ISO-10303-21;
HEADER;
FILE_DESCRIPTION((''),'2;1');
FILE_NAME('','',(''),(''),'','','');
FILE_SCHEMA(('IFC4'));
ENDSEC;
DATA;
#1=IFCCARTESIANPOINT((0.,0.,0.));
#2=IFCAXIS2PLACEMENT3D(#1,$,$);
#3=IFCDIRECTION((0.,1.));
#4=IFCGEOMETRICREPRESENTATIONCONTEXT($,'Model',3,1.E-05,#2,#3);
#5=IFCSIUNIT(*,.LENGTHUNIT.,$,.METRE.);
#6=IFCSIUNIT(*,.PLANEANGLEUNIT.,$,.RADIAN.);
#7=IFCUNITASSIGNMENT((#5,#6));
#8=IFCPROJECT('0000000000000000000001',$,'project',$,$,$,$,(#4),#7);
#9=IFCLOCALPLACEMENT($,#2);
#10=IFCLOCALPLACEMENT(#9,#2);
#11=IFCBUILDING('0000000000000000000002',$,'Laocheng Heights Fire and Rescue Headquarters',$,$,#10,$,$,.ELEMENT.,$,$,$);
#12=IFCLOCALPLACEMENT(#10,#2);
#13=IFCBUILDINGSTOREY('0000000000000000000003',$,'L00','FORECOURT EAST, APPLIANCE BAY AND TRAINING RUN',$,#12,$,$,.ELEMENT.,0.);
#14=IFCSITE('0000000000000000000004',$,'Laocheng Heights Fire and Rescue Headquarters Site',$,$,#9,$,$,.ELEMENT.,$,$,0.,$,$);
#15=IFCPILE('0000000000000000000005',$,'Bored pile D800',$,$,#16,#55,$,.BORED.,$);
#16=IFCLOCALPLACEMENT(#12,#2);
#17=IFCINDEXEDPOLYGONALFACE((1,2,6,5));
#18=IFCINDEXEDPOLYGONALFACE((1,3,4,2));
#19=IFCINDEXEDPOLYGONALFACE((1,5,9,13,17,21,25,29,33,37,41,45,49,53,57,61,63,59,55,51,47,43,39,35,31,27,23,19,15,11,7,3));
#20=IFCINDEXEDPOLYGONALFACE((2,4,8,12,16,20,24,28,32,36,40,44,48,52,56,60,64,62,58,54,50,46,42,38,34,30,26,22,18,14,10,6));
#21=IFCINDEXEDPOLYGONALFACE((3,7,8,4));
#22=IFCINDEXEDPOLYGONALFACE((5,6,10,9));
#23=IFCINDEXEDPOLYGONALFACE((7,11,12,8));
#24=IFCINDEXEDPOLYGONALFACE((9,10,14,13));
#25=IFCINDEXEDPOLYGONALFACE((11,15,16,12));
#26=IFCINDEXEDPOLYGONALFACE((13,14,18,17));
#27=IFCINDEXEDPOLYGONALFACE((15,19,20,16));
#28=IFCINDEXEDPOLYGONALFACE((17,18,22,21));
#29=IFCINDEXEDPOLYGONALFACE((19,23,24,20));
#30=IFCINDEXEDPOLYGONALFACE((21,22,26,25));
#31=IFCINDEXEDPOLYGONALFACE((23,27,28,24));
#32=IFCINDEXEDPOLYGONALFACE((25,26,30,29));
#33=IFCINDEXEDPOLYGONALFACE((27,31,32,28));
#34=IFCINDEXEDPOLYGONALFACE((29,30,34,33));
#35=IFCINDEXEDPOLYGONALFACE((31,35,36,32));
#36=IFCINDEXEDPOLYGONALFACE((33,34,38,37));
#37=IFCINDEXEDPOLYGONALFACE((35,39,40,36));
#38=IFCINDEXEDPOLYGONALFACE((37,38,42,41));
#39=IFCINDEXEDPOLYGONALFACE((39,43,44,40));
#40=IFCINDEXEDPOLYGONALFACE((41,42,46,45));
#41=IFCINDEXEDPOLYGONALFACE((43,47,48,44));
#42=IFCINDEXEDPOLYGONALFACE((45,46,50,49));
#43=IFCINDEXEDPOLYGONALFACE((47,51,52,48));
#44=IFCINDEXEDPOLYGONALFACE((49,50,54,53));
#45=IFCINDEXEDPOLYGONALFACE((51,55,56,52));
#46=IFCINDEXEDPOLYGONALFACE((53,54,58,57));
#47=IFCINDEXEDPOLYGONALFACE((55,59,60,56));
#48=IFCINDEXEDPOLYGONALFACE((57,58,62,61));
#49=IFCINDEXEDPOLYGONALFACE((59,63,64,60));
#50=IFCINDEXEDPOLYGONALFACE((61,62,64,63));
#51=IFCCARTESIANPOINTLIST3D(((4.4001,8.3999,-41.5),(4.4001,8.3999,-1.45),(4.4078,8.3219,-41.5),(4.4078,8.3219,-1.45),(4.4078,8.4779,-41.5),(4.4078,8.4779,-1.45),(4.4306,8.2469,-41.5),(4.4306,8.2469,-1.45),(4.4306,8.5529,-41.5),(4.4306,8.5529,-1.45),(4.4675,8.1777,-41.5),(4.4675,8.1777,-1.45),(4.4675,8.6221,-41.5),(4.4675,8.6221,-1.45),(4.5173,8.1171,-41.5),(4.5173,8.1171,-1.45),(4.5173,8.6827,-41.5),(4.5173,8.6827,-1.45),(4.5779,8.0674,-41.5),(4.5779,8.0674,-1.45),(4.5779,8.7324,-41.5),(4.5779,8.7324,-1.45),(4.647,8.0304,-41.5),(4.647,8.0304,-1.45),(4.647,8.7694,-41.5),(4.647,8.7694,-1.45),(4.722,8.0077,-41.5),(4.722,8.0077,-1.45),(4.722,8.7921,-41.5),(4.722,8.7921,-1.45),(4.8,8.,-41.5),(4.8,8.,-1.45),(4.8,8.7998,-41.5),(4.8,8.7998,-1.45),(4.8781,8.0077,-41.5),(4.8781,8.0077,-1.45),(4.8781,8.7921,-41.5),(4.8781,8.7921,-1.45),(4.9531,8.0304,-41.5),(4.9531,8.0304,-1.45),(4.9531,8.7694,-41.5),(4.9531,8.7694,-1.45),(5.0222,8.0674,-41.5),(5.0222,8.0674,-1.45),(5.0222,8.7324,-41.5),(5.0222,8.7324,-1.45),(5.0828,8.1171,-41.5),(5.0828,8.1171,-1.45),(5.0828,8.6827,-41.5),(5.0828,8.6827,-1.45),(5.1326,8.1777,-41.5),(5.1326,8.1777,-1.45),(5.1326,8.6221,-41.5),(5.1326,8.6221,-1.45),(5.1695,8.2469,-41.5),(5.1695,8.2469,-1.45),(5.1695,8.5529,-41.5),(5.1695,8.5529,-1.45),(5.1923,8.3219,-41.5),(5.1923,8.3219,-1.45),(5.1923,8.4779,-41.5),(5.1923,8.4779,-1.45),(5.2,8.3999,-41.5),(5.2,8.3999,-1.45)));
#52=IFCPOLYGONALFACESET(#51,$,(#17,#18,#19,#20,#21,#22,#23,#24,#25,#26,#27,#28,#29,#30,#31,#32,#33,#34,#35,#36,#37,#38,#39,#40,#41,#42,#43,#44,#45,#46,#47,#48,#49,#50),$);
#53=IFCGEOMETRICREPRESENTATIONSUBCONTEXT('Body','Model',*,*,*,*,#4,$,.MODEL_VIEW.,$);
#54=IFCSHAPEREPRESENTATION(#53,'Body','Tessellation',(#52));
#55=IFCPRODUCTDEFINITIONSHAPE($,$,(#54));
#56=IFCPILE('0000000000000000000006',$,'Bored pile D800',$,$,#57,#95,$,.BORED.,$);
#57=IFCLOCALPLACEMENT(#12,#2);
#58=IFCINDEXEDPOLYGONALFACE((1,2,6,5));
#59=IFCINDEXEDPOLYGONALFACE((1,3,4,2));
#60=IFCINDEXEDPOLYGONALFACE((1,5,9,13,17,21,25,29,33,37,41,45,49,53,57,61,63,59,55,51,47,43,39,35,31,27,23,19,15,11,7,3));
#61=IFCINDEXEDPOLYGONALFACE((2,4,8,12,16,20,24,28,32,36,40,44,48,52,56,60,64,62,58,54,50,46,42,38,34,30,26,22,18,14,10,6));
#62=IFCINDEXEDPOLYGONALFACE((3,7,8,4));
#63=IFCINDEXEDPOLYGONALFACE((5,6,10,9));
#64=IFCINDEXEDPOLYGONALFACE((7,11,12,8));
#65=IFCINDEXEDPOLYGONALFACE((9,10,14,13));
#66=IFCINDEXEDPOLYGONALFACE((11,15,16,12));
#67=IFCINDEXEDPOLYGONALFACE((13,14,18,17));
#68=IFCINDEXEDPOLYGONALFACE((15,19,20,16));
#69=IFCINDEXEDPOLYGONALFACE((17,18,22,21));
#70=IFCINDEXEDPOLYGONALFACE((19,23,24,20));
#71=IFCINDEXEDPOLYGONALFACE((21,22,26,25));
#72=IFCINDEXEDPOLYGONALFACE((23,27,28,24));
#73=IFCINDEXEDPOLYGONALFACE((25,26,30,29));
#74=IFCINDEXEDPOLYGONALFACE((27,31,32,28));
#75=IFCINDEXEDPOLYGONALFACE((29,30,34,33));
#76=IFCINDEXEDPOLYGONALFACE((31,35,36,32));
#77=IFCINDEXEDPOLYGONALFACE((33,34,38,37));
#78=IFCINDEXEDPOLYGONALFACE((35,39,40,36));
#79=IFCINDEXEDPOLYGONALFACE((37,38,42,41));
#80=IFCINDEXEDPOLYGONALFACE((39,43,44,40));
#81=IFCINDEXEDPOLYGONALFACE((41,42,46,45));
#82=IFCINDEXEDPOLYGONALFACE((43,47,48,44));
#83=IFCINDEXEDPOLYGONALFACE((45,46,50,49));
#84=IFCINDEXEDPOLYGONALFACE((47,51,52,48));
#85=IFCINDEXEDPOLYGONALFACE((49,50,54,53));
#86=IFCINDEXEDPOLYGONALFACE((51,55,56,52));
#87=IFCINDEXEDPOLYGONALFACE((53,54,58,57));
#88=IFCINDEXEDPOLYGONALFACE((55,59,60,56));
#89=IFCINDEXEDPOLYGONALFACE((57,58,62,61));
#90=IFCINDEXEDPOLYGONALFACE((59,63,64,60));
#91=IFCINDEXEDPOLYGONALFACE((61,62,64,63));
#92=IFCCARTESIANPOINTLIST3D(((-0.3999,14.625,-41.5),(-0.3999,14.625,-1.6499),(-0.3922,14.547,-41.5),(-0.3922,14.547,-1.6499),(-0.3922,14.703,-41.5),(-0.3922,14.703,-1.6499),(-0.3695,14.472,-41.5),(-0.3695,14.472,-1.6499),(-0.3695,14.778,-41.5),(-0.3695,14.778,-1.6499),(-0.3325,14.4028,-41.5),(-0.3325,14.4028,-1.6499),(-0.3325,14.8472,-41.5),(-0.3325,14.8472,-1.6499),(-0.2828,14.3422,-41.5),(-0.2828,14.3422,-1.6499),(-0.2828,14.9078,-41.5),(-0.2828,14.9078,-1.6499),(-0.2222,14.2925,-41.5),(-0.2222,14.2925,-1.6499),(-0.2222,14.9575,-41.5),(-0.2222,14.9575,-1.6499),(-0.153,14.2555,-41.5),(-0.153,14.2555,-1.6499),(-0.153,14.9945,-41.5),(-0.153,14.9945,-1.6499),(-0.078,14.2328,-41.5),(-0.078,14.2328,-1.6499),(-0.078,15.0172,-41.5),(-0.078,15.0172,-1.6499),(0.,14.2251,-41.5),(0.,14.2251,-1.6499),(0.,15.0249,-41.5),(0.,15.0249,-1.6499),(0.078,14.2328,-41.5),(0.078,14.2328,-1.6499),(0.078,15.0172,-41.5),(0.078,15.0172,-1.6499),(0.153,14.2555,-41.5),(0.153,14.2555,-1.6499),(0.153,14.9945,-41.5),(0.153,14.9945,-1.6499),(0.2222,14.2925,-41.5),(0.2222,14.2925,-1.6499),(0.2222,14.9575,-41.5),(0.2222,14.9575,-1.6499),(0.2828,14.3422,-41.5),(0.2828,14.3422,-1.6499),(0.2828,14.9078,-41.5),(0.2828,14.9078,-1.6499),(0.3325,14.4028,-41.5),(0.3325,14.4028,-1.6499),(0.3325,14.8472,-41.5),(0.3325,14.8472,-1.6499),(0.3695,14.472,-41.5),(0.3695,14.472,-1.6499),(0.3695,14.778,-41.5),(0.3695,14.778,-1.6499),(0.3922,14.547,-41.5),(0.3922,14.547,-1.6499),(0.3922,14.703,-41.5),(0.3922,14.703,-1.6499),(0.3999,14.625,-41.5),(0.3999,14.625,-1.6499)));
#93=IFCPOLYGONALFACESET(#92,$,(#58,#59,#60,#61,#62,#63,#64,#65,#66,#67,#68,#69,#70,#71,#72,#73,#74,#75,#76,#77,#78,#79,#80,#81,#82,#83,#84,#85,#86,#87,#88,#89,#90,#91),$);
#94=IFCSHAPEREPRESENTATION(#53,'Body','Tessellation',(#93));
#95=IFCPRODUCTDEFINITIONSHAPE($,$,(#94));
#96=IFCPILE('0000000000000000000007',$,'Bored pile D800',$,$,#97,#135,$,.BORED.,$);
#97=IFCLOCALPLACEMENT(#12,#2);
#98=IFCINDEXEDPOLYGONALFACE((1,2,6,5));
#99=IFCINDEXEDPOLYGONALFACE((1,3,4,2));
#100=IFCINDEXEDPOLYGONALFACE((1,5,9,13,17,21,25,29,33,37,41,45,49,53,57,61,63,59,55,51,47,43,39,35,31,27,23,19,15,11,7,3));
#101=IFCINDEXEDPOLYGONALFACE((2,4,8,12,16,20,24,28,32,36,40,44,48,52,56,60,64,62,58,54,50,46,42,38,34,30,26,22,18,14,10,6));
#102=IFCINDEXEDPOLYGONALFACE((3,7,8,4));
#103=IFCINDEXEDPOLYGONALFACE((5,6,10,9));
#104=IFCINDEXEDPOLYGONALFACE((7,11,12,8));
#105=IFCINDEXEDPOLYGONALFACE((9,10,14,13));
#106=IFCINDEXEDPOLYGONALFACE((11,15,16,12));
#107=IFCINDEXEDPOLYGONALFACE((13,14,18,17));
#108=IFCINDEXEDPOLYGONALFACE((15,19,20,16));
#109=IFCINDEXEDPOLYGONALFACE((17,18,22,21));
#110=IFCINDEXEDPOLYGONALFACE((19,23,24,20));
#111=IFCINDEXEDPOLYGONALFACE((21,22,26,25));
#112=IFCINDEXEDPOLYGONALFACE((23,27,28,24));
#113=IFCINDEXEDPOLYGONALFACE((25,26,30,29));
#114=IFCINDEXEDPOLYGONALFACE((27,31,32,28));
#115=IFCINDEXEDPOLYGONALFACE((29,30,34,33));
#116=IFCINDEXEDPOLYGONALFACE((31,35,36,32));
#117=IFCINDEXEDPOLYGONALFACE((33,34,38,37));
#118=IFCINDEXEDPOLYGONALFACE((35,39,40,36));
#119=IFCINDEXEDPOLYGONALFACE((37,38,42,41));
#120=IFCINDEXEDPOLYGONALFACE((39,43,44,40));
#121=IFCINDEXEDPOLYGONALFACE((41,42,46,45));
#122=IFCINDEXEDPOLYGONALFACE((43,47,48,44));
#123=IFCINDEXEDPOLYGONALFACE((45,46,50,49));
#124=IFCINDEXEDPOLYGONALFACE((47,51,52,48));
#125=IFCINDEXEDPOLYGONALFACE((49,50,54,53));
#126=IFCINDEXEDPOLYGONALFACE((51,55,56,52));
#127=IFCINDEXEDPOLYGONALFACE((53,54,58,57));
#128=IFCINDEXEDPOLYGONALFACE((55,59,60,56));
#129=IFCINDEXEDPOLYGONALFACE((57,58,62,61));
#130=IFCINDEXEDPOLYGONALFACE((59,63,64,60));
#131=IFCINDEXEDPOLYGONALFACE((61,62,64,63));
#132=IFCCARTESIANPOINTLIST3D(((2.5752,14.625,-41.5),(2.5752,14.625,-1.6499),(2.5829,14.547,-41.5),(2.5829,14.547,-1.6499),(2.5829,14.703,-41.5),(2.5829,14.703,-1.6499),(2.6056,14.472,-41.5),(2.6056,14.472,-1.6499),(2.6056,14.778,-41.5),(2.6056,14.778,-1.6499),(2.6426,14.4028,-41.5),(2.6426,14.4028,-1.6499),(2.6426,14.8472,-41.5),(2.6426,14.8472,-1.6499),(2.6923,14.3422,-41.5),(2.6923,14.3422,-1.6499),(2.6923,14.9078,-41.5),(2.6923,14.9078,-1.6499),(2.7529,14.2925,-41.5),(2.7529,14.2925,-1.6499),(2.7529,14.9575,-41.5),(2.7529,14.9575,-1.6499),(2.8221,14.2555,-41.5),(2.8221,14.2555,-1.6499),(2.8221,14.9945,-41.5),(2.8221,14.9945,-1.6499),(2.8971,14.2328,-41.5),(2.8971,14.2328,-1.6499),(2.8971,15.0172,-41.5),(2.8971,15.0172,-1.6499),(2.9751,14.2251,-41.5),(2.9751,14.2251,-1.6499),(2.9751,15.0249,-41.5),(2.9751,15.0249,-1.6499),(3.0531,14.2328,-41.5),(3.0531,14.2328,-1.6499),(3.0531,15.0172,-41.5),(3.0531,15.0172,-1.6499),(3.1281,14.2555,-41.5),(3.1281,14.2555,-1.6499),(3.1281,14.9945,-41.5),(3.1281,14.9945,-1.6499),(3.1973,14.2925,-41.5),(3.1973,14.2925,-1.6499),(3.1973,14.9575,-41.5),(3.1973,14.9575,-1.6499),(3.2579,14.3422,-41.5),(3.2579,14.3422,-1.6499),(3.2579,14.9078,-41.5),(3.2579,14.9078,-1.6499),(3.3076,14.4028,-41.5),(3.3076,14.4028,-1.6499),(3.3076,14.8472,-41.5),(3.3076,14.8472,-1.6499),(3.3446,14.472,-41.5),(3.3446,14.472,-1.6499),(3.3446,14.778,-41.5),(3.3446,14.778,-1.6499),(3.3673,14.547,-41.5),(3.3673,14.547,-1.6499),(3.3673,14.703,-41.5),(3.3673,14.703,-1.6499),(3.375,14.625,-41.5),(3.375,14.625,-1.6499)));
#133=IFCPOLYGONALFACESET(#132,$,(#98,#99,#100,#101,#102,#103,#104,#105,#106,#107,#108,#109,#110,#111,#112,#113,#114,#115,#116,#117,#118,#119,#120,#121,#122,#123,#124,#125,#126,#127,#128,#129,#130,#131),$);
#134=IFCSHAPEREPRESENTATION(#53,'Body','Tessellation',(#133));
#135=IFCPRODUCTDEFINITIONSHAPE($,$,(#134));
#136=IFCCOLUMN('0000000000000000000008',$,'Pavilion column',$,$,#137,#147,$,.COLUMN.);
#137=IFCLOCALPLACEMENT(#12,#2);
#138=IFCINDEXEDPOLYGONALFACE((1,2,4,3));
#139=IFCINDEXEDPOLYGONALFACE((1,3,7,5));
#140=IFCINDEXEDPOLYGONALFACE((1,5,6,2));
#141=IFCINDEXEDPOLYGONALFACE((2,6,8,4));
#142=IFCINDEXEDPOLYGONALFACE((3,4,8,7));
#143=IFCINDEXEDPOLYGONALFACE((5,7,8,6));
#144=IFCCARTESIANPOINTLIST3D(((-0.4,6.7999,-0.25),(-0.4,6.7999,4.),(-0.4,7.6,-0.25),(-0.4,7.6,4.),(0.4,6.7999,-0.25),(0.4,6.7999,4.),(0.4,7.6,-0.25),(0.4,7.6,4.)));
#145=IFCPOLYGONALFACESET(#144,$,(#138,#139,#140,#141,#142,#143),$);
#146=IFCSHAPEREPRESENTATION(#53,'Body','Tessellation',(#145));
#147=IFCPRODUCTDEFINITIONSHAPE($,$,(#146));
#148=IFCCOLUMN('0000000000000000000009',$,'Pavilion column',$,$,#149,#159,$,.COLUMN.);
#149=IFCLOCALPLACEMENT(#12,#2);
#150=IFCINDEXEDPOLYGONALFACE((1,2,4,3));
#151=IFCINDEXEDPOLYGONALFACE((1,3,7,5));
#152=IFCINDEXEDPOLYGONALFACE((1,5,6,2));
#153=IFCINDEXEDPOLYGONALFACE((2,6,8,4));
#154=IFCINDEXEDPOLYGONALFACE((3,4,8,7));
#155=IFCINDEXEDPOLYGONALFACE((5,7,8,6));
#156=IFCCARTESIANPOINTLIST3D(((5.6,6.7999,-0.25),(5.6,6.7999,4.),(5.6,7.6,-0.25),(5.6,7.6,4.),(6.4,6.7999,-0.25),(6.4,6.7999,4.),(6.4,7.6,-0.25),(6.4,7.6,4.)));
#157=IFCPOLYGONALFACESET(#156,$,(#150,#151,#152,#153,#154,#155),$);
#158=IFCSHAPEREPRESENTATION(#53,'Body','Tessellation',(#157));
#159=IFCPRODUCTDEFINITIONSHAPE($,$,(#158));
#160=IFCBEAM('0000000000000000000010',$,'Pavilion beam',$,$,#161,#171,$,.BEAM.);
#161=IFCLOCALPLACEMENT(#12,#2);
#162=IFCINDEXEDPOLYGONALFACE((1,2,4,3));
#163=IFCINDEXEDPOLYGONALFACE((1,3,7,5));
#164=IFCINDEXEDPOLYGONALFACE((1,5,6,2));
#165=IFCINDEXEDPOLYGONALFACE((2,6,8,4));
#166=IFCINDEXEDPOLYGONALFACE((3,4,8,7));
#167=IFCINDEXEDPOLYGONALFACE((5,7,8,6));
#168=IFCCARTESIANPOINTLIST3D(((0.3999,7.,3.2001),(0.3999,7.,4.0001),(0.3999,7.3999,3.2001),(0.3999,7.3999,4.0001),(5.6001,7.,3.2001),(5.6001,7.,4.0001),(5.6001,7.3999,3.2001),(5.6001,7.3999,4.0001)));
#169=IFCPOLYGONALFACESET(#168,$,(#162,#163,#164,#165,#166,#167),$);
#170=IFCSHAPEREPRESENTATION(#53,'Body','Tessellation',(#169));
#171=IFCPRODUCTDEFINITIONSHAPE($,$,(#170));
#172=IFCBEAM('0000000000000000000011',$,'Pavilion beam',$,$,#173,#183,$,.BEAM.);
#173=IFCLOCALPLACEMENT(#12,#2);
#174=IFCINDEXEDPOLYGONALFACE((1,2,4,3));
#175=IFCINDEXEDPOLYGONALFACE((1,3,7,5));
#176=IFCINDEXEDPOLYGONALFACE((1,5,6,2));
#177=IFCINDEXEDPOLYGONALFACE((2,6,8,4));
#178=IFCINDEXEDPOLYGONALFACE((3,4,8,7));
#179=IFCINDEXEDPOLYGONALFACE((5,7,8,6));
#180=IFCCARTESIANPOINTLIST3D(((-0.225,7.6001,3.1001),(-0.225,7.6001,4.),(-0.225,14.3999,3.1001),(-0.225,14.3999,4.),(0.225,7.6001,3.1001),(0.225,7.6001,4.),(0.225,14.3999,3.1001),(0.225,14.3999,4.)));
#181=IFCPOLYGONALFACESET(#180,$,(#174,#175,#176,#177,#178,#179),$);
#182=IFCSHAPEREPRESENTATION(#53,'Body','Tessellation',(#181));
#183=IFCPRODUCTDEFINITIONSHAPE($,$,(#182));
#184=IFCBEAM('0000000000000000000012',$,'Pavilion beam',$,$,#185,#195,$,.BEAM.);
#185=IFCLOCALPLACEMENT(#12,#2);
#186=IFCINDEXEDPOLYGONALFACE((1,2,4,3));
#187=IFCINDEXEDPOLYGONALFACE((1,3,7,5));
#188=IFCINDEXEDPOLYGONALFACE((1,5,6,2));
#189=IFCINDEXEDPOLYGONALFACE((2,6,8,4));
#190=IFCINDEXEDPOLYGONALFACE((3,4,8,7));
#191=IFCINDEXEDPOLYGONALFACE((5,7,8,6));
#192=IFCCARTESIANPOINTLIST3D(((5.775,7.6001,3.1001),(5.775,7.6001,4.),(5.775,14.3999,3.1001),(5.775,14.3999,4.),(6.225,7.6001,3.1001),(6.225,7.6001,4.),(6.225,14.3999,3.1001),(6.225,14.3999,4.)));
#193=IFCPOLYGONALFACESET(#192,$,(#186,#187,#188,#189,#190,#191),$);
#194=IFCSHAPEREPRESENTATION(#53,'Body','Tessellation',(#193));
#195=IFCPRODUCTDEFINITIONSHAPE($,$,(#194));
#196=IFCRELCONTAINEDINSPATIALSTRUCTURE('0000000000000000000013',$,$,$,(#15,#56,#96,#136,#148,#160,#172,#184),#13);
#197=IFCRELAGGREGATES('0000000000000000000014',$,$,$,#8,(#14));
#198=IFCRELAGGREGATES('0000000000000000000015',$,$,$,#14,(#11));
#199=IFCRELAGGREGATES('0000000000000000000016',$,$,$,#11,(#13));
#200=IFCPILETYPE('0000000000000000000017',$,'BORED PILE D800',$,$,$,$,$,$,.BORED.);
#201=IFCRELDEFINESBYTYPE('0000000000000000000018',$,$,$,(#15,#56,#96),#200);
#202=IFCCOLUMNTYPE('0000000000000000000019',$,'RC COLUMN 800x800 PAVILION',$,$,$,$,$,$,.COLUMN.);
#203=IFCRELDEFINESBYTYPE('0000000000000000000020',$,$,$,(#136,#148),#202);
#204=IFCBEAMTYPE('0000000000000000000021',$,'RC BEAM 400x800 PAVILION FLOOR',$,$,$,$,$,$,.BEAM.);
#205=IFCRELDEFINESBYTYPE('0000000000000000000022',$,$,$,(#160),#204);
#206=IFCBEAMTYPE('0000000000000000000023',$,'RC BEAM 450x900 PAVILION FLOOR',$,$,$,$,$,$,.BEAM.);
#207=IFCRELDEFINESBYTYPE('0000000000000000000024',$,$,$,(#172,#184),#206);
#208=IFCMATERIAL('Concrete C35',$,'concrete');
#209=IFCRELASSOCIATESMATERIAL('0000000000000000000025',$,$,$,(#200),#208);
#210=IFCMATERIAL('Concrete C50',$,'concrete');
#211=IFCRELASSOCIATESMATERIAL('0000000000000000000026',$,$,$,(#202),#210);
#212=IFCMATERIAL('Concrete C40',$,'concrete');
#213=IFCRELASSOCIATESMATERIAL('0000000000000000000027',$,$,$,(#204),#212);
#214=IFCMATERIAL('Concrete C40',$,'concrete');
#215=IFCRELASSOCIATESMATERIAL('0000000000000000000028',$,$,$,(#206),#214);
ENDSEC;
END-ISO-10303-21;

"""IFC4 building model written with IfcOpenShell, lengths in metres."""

from ifc_helpers import new_model, si_unit, direction, frame, origin, origin_2d, place, context, subcontext, project, spatial, rectangle, circle, extrude, material, material_profile, profile_set, type_object, element, save


model = new_model("IFC4")

# Units and contexts
model_context = context("Model", 3, precision=1e-05, world=origin(), true_north=direction((0.0, 1.0)))
body_context = subcontext(model_context, "Body", "Model", "MODEL_VIEW")
ifc_project = project(units=[si_unit("LENGTHUNIT", "METRE"), si_unit("PLANEANGLEUNIT", "RADIAN")], contexts=[model_context])

# Site, building, storey
site_placement = place(None, origin())
site = spatial("IfcSite", under=ifc_project, at=site_placement, Name="Laocheng Heights Fire and Rescue Headquarters Site", CompositionType="ELEMENT", RefElevation=0.0)
building_placement = place(site_placement, origin())
building = spatial("IfcBuilding", under=site, at=building_placement, Name="Laocheng Heights Fire and Rescue Headquarters", CompositionType="ELEMENT")
storey_placement = place(building_placement, origin())
storey = spatial("IfcBuildingStorey", under=building, at=storey_placement, Name="L00", Description="FORECOURT EAST, APPLIANCE BAY AND TRAINING RUN", CompositionType="ELEMENT", Elevation=0.0)

# Piles
ifc_material_1 = material(Name="Concrete C35", Category="concrete")
ifc_material_profile_1 = material_profile(ifc_material_1, circle(Radius=0.3999, at=origin_2d()), Name="BORED PILE D800")
ifc_profile_set_1 = profile_set([ifc_material_profile_1], Name="Concrete C35")
pile_type = type_object("IfcPileType", Name="BORED PILE D800", PredefinedType="BORED", material=ifc_profile_set_1)
for number, where, z_axis, x_axis, name in (
    (1, (4.8, 8.3999, -1.45), (0.0, 0.0, -1.0), (1.0, 0.0, 0.0), "Bored pile D800"),
):
    element("IfcPile", number, at=place(storey_placement, frame(where, z_axis=z_axis, x_axis=x_axis)), inside=storey, type_object=pile_type, Name=name, PredefinedType="BORED", context=body_context, shape_type="SweptSolid", body=[
        extrude(circle(Radius=0.3999, at=origin_2d()), origin(), (0.0, 0.0, 1.0), 40.05),
    ])
for number, where, z_axis, x_axis, name in (
    (2, (0.0, 14.625, -1.6499), (0.0, 0.0, -1.0), (1.0, 0.0, 0.0), "Bored pile D800"),
    (3, (2.9751, 14.625, -1.6499), (0.0, 0.0, -1.0), (1.0, 0.0, 0.0), "Bored pile D800"),
):
    element("IfcPile", number, at=place(storey_placement, frame(where, z_axis=z_axis, x_axis=x_axis)), inside=storey, type_object=pile_type, Name=name, PredefinedType="BORED", context=body_context, shape_type="SweptSolid", body=[
        extrude(circle(Radius=0.3999, at=origin_2d()), origin(), (0.0, 0.0, 1.0), 39.8501),
    ])

# Columns
ifc_material_2 = material(Name="Concrete C50", Category="concrete")
ifc_material_profile_2 = material_profile(ifc_material_2, rectangle(XDim=0.8, YDim=0.8, at=origin_2d()), Name="RC COLUMN 800x800 PAVILION")
ifc_profile_set_2 = profile_set([ifc_material_profile_2], Name="Concrete C50")
column_type = type_object("IfcColumnType", Name="RC COLUMN 800x800 PAVILION", PredefinedType="COLUMN", material=ifc_profile_set_2)
for number, where, z_axis, x_axis, name in (
    (4, (0.0, 7.2, -0.25), (0.0, 0.0, 1.0), (1.0, 0.0, 0.0), "Pavilion column"),
    (5, (6.0, 7.2, -0.25), (0.0, 0.0, 1.0), (1.0, 0.0, 0.0), "Pavilion column"),
):
    element("IfcColumn", number, at=place(storey_placement, frame(where, z_axis=z_axis, x_axis=x_axis)), inside=storey, type_object=column_type, Name=name, PredefinedType="COLUMN", context=body_context, shape_type="SweptSolid", body=[
        extrude(rectangle(XDim=0.8, YDim=0.8, at=origin_2d()), origin(), (0.0, 0.0, 1.0), 4.25),
    ])

# Beams
ifc_material_3 = material(Name="Concrete C40", Category="concrete")
ifc_material_profile_3 = material_profile(ifc_material_3, rectangle(XDim=0.3999, YDim=0.8, at=origin_2d()), Name="RC BEAM 400x800 PAVILION FLOOR")
ifc_profile_set_3 = profile_set([ifc_material_profile_3], Name="Concrete C40")
beam_type_1 = type_object("IfcBeamType", Name="RC BEAM 400x800 PAVILION FLOOR", PredefinedType="BEAM", material=ifc_profile_set_3)
beam_1_placement = place(storey_placement, frame((0.3999, 7.2, 3.6001), z_axis=(1.0, 0.0, 0.0), x_axis=(0.0, 1.0, 0.0)))
element("IfcBeam", 6, at=beam_1_placement, inside=storey, type_object=beam_type_1, Name="Pavilion beam", PredefinedType="BEAM", context=body_context, shape_type="SweptSolid", body=[
    extrude(rectangle(XDim=0.3999, YDim=0.8, at=origin_2d()), origin(), (0.0, 0.0, 1.0), 5.2002),
])
ifc_material_4 = material(Name="Concrete C40", Category="concrete")
ifc_material_profile_4 = material_profile(ifc_material_4, rectangle(XDim=0.45, YDim=0.8999, at=origin_2d()), Name="RC BEAM 450x900 PAVILION FLOOR")
ifc_profile_set_4 = profile_set([ifc_material_profile_4], Name="Concrete C40")
beam_type_2 = type_object("IfcBeamType", Name="RC BEAM 450x900 PAVILION FLOOR", PredefinedType="BEAM", material=ifc_profile_set_4)
for number, where, z_axis, x_axis, name in (
    (7, (0.0, 7.6001, 3.55), (0.0, 1.0, 0.0), (-1.0, 0.0, 0.0), "Pavilion beam"),
    (8, (6.0, 7.6001, 3.55), (0.0, 1.0, 0.0), (-1.0, 0.0, 0.0), "Pavilion beam"),
):
    element("IfcBeam", number, at=place(storey_placement, frame(where, z_axis=z_axis, x_axis=x_axis)), inside=storey, type_object=beam_type_2, Name=name, PredefinedType="BEAM", context=body_context, shape_type="SweptSolid", body=[
        extrude(rectangle(XDim=0.45, YDim=0.8999, at=origin_2d()), origin(), (0.0, 0.0, 1.0), 6.7998),
    ])

save(model, "model.ifc")
